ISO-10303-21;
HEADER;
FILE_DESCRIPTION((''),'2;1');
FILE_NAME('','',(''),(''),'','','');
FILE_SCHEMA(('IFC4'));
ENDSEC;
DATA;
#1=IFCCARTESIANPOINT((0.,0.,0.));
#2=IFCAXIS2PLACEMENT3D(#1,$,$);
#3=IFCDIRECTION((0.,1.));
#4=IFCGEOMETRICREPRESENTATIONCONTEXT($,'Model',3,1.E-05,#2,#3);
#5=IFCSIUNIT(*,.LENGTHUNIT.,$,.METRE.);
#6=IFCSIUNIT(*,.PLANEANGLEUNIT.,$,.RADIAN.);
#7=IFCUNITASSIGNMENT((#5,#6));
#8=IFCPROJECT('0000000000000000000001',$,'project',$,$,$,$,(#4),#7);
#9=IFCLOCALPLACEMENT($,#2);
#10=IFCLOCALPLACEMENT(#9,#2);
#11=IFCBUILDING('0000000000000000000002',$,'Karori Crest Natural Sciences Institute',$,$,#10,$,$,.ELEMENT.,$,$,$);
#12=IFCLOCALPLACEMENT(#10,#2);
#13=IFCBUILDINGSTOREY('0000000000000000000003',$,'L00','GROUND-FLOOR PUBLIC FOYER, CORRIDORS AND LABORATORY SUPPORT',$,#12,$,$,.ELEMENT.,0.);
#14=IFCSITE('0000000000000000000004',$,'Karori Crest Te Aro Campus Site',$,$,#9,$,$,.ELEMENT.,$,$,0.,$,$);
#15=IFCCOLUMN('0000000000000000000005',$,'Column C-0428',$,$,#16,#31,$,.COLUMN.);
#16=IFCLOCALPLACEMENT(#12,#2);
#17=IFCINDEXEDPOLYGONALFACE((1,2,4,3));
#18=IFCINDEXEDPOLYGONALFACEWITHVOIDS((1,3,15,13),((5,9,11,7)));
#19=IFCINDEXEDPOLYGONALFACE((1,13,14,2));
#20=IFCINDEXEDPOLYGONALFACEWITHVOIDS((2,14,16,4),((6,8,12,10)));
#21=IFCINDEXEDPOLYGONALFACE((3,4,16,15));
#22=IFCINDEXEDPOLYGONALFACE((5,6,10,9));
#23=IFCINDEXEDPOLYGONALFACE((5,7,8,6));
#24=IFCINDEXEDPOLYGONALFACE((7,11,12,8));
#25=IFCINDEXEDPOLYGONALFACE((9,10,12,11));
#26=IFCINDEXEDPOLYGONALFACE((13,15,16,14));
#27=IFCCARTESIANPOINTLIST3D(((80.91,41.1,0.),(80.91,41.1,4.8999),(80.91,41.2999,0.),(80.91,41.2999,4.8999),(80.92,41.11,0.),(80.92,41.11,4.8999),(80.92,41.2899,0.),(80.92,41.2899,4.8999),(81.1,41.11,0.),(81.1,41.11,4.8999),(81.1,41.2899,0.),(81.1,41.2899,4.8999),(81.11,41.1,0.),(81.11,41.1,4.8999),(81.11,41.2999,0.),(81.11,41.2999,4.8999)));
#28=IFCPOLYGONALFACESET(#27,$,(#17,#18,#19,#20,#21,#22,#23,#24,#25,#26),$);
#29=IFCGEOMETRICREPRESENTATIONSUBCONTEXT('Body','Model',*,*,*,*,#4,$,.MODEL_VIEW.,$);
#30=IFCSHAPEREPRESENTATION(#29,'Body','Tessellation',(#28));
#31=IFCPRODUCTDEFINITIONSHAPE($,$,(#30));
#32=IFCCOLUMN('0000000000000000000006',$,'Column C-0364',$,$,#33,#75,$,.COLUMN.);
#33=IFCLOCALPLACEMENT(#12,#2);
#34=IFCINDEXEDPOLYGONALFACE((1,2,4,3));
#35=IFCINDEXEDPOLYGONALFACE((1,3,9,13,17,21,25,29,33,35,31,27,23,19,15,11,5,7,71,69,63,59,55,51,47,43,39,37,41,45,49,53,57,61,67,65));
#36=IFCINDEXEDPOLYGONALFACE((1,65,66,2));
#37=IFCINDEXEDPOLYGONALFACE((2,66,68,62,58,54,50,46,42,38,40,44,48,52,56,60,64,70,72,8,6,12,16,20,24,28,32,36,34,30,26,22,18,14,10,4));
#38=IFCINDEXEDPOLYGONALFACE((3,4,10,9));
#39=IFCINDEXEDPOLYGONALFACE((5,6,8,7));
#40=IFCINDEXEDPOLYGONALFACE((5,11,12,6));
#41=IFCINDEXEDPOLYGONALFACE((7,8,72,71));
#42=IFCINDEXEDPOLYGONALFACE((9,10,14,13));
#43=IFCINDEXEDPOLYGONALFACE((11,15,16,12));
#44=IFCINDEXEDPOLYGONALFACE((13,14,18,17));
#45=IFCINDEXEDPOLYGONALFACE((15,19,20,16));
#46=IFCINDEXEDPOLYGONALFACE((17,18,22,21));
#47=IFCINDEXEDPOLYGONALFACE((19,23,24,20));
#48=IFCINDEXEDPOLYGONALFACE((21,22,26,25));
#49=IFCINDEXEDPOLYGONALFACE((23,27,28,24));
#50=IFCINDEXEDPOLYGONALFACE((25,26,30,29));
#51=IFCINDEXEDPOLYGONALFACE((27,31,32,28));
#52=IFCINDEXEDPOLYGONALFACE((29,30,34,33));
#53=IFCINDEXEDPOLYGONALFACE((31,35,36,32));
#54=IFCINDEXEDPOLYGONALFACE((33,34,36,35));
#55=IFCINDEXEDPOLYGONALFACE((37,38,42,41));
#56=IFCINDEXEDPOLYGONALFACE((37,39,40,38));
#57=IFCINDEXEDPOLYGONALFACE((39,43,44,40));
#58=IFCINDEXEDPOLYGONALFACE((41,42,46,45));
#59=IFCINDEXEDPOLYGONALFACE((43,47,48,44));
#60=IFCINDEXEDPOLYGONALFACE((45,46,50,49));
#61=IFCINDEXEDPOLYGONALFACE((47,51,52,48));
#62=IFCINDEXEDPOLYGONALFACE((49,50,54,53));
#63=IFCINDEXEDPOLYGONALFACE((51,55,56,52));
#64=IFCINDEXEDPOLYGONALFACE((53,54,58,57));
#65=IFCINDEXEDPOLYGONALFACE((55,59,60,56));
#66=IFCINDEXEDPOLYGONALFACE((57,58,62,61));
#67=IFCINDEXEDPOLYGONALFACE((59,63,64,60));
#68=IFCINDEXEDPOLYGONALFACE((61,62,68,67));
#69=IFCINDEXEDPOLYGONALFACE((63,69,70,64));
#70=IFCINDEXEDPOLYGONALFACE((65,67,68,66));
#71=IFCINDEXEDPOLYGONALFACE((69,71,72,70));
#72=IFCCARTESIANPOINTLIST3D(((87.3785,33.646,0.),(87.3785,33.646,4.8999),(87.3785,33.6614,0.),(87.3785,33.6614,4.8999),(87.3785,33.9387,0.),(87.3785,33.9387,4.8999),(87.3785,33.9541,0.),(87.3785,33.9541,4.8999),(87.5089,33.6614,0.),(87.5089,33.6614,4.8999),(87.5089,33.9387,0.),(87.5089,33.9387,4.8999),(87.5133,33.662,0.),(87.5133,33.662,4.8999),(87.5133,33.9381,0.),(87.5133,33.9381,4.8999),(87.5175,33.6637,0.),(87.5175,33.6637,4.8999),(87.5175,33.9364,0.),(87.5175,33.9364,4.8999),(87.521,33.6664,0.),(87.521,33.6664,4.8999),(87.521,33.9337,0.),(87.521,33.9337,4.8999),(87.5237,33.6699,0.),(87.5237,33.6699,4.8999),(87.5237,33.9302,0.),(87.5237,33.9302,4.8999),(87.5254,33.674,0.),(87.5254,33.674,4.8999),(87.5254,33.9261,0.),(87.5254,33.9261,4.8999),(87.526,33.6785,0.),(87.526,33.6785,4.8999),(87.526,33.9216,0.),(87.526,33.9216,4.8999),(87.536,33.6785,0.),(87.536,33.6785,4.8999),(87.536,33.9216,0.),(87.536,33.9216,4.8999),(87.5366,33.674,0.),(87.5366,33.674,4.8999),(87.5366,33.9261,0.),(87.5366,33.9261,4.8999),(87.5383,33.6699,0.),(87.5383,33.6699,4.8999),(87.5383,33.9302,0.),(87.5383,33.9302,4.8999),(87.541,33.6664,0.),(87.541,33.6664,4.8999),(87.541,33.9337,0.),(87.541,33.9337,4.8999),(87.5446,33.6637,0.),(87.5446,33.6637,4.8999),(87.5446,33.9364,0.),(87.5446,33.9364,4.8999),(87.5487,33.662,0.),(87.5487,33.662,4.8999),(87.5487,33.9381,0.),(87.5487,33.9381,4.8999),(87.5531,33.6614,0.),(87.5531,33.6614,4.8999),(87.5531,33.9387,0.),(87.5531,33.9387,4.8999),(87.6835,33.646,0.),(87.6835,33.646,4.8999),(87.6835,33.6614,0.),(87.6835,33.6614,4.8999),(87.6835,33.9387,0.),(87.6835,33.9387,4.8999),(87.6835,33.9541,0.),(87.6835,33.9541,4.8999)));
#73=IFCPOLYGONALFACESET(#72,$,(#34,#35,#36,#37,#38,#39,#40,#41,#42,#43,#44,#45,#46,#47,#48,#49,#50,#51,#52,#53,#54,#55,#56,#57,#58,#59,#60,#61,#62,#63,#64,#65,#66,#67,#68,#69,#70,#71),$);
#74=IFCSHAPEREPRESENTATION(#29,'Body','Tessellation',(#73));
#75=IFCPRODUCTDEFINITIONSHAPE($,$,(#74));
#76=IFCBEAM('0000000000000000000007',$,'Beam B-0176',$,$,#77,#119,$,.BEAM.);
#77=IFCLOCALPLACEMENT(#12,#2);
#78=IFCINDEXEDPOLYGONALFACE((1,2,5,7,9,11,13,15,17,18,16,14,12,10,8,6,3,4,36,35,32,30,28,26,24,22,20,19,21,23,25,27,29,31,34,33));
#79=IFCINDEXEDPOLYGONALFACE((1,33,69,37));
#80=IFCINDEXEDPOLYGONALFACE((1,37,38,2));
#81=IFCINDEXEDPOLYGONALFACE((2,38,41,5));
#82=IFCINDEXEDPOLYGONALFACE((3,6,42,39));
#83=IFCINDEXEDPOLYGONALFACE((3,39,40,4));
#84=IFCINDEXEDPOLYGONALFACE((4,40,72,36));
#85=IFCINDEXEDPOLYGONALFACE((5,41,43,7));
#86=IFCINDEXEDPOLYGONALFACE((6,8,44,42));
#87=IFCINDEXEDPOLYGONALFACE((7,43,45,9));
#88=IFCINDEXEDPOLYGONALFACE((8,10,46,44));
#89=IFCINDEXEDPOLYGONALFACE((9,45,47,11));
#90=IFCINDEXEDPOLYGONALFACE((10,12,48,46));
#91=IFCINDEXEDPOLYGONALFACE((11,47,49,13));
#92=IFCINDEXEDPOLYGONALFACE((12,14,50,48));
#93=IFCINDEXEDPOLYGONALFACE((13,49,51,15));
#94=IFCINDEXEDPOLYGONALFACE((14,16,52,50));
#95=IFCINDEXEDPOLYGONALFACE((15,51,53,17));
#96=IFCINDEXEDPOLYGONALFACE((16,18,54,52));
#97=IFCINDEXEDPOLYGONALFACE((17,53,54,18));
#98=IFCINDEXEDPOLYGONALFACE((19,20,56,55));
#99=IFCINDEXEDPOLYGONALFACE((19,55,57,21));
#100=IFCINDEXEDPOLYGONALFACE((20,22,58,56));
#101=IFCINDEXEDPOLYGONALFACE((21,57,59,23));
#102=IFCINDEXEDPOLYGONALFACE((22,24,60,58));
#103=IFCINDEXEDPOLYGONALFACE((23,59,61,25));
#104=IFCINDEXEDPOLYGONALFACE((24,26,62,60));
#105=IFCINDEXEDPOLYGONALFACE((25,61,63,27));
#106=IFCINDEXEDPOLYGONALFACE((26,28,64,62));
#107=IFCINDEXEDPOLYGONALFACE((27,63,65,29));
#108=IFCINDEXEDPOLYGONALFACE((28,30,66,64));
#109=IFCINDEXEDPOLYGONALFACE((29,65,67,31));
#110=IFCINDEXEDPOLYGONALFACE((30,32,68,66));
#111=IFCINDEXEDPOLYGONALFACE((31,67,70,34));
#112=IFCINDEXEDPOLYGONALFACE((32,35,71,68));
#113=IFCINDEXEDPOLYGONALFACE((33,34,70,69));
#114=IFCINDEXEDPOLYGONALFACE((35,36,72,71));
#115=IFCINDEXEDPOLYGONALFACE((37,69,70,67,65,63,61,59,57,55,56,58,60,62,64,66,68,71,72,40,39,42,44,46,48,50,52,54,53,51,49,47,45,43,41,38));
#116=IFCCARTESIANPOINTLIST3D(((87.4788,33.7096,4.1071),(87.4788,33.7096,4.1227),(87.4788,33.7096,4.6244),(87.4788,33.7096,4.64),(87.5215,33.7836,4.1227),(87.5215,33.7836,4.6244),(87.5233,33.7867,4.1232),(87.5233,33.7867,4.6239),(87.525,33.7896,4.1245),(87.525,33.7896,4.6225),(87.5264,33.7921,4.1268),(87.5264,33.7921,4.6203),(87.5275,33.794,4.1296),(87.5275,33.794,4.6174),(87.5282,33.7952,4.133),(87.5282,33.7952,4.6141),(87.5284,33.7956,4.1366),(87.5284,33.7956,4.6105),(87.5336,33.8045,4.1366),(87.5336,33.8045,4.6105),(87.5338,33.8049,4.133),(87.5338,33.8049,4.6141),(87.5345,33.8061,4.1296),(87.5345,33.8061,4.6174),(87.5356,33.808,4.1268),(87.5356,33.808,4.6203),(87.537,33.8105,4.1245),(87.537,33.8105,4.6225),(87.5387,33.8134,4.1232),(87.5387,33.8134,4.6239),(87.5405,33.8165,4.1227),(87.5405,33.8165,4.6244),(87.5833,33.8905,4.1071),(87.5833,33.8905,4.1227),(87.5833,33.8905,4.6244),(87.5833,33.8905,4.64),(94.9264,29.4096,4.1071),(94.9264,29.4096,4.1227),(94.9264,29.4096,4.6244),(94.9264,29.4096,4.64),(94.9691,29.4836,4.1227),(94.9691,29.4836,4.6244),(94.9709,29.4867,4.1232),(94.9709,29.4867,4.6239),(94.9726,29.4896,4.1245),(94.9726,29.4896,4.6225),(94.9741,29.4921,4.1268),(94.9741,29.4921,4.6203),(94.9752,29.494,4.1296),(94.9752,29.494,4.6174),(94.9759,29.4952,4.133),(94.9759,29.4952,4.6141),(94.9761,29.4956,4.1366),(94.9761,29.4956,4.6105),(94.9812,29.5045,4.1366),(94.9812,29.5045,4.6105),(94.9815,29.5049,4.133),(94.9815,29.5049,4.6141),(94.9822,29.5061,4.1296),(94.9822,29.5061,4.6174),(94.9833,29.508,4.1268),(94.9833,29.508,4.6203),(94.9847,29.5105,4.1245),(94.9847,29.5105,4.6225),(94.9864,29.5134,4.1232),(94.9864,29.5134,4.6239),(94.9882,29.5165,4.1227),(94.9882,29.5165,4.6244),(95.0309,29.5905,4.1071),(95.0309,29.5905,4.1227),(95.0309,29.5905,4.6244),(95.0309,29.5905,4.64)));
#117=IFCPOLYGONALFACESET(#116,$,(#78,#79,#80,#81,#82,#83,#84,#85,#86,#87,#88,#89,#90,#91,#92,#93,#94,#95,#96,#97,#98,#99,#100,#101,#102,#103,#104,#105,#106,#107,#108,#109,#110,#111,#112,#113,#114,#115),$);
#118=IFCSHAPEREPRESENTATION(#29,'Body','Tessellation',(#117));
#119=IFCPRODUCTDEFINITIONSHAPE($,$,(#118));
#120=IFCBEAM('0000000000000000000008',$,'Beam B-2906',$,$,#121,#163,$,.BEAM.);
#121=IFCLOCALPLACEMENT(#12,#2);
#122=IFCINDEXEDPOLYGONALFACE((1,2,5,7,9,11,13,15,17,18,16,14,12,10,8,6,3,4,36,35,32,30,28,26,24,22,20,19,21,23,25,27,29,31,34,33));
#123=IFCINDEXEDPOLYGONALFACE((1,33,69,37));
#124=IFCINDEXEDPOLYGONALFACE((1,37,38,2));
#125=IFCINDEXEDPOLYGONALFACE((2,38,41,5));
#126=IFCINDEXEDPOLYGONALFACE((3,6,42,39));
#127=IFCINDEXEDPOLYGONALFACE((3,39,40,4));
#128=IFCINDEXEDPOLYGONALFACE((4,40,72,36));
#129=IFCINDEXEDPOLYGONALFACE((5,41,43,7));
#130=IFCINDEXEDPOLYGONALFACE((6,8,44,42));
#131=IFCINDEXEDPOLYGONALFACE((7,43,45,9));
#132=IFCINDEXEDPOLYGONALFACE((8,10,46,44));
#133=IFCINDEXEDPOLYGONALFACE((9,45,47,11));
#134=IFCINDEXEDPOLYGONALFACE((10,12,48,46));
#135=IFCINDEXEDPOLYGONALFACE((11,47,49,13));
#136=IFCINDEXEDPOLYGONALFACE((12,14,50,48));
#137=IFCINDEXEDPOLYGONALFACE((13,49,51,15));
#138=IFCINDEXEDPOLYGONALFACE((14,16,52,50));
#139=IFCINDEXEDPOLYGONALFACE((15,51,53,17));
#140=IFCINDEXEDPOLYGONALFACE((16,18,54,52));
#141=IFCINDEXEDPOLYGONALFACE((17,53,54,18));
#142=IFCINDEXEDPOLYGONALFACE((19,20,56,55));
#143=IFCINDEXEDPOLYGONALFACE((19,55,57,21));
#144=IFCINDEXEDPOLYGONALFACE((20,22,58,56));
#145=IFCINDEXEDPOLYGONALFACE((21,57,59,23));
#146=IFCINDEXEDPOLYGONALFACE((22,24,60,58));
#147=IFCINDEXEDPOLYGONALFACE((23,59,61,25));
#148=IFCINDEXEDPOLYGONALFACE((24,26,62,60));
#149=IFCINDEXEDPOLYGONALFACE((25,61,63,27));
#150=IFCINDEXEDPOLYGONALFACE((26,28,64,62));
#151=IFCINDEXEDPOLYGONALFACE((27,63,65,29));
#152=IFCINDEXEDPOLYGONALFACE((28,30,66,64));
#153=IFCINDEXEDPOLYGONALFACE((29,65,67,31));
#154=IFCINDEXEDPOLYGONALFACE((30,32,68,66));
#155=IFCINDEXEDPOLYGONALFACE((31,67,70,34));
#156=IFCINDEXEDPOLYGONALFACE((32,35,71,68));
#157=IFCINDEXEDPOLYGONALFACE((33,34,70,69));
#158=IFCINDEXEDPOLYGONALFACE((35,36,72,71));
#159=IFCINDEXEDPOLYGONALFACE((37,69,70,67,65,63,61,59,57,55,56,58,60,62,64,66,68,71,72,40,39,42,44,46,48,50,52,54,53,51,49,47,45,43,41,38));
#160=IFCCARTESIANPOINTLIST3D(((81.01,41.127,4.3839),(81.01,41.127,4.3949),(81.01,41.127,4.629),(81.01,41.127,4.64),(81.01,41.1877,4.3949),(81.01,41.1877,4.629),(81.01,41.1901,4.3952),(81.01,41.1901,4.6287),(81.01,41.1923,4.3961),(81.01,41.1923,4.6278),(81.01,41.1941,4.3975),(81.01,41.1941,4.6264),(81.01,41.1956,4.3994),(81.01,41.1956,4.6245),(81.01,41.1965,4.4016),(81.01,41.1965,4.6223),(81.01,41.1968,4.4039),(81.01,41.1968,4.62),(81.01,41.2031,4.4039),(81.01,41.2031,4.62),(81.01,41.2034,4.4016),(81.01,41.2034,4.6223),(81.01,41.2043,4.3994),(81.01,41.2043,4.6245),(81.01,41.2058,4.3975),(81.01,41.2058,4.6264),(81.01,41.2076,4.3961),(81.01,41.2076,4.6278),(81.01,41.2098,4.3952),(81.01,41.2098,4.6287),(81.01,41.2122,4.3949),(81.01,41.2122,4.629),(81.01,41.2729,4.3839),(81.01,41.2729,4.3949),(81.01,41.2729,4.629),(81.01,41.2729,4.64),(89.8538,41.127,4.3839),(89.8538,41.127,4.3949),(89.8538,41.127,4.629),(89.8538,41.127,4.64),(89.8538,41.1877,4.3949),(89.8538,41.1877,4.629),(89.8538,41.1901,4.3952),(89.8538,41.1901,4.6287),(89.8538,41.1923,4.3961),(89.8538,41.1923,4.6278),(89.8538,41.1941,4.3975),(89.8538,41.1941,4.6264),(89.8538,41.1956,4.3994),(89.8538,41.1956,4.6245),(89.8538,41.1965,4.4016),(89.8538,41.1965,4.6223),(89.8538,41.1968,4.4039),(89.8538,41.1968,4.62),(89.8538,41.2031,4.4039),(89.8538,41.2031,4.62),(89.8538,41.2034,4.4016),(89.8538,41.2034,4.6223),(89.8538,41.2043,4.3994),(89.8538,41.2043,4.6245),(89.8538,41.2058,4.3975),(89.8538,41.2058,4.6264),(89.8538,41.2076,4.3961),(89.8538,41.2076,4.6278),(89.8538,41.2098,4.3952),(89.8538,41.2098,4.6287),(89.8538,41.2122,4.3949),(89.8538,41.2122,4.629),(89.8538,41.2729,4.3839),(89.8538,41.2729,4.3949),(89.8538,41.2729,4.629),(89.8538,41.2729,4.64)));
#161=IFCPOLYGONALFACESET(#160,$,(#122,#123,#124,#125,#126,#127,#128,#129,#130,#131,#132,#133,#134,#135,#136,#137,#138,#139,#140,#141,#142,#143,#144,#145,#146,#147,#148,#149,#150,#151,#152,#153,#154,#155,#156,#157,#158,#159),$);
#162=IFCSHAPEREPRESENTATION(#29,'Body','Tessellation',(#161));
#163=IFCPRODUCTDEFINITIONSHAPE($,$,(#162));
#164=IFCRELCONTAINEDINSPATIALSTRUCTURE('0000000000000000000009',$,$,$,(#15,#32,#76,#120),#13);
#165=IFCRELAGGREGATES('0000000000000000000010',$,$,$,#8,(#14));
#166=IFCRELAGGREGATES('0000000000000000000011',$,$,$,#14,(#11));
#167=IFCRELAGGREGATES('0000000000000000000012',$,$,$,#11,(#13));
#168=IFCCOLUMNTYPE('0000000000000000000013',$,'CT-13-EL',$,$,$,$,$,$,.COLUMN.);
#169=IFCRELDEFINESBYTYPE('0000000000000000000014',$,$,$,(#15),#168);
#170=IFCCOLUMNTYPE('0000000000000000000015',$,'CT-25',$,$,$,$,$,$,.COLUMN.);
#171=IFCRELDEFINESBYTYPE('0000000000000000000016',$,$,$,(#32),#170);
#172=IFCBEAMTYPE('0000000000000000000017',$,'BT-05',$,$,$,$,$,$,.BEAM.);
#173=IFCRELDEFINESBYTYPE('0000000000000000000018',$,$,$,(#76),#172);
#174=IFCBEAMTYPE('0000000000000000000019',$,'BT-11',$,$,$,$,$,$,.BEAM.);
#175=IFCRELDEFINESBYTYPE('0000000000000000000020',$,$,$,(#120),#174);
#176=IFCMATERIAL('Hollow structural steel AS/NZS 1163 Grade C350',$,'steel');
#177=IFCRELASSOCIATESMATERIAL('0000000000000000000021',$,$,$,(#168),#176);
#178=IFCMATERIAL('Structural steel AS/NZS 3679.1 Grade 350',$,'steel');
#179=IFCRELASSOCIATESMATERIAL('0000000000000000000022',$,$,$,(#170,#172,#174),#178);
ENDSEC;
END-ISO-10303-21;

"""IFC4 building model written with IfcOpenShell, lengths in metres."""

from ifc_helpers import new_model, si_unit, direction, frame, origin, origin_2d, place, context, subcontext, project, spatial, hollow_rectangle, i_section, extrude, material, material_profile, profile_set, type_object, element, save


model = new_model("IFC4")

# Units and contexts
model_context = context("Model", 3, precision=1e-05, world=origin(), true_north=direction((0.0, 1.0)))
body_context = subcontext(model_context, "Body", "Model", "MODEL_VIEW")
ifc_project = project(units=[si_unit("LENGTHUNIT", "METRE"), si_unit("PLANEANGLEUNIT", "RADIAN")], contexts=[model_context])

# Site, building, storey
site_placement = place(None, origin())
site = spatial("IfcSite", under=ifc_project, at=site_placement, Name="Karori Crest Te Aro Campus Site", CompositionType="ELEMENT", RefElevation=0.0)
building_placement = place(site_placement, origin())
building = spatial("IfcBuilding", under=site, at=building_placement, Name="Karori Crest Natural Sciences Institute", CompositionType="ELEMENT")
storey_placement = place(building_placement, origin())
storey = spatial("IfcBuildingStorey", under=building, at=storey_placement, Name="L00", Description="GROUND-FLOOR PUBLIC FOYER, CORRIDORS AND LABORATORY SUPPORT", CompositionType="ELEMENT", Elevation=0.0)

# Columns
ifc_material_1 = material(Name="Hollow structural steel AS/NZS 1163 Grade C350", Category="steel")
ifc_material_profile_1 = material_profile(ifc_material_1, hollow_rectangle(XDim=0.2, YDim=0.2, WallThickness=0.01, at=origin_2d()), Name="SHS200x200x10")
ifc_profile_set_1 = profile_set([ifc_material_profile_1], Name="Hollow structural steel AS/NZS 1163 Grade C350")
column_type_1 = type_object("IfcColumnType", Name="CT-13-EL", PredefinedType="COLUMN", material=ifc_profile_set_1)
column_1_placement = place(storey_placement, frame((81.01, 41.2, 0.0), z_axis=(0.0, 0.0, 1.0), x_axis=(1.0, 0.0, 0.0)))
element("IfcColumn", 1, at=column_1_placement, inside=storey, type_object=column_type_1, Name="Column C-0428", PredefinedType="COLUMN", context=body_context, shape_type="SweptSolid", body=[
    extrude(hollow_rectangle(XDim=0.2, YDim=0.2, WallThickness=0.01, at=origin_2d()), origin(), (0.0, 0.0, 1.0), 4.8999),
])
ifc_material_2 = material(Name="Structural steel AS/NZS 3679.1 Grade 350", Category="steel")
ifc_material_profile_2 = material_profile(ifc_material_2, i_section(OverallWidth=0.3049, OverallDepth=0.3081, WebThickness=0.01, FlangeThickness=0.0154, FilletRadius=0.0171, at=origin_2d()), Name="310UC96.8")
ifc_profile_set_2 = profile_set([ifc_material_profile_2], Name="Structural steel AS/NZS 3679.1 Grade 350")
column_type_2 = type_object("IfcColumnType", Name="CT-25", PredefinedType="COLUMN", material=ifc_profile_set_2)
column_2_placement = place(storey_placement, frame((87.531, 33.8, 0.0), z_axis=(0.0, 0.0, 1.0), x_axis=(1.0, 0.0, 0.0)))
element("IfcColumn", 2, at=column_2_placement, inside=storey, type_object=column_type_2, Name="Column C-0364", PredefinedType="COLUMN", context=body_context, shape_type="SweptSolid", body=[
    extrude(i_section(OverallWidth=0.3049, OverallDepth=0.3081, WebThickness=0.01, FlangeThickness=0.0154, FilletRadius=0.0171, at=origin_2d()), origin(), (0.0, 0.0, 1.0), 4.8999),
])

# Beams
ifc_material_profile_3 = material_profile(ifc_material_2, i_section(OverallWidth=0.209, OverallDepth=0.533, WebThickness=0.0103, FlangeThickness=0.0156, FilletRadius=0.0139, at=origin_2d()), Name="530UB92.4")
ifc_profile_set_3 = profile_set([ifc_material_profile_3], Name="Structural steel AS/NZS 3679.1 Grade 350")
beam_type_1 = type_object("IfcBeamType", Name="BT-05", PredefinedType="BEAM", material=ifc_profile_set_3)
beam_1_placement = place(storey_placement, frame((87.531, 33.8, 4.3735), z_axis=(0.866021, -0.500008, 0.0), x_axis=(0.500008, 0.866021, 0.0)))
element("IfcBeam", 3, at=beam_1_placement, inside=storey, type_object=beam_type_1, Name="Beam B-0176", PredefinedType="BEAM", context=body_context, shape_type="SweptSolid", body=[
    extrude(i_section(OverallWidth=0.209, OverallDepth=0.533, WebThickness=0.0103, FlangeThickness=0.0156, FilletRadius=0.0139, at=origin_2d()), origin(), (0.0, 0.0, 1.0), 8.5999),
])
ifc_material_profile_4 = material_profile(ifc_material_2, i_section(OverallWidth=0.146, OverallDepth=0.2561, WebThickness=0.0063, FlangeThickness=0.011, FilletRadius=0.009, at=origin_2d()), Name="250UB37.3")
ifc_profile_set_4 = profile_set([ifc_material_profile_4], Name="Structural steel AS/NZS 3679.1 Grade 350")
beam_type_2 = type_object("IfcBeamType", Name="BT-11", PredefinedType="BEAM", material=ifc_profile_set_4)
beam_2_placement = place(storey_placement, frame((81.01, 41.2, 4.512), z_axis=(1.0, 0.0, 0.0), x_axis=(0.0, 1.0, 0.0)))
element("IfcBeam", 4, at=beam_2_placement, inside=storey, type_object=beam_type_2, Name="Beam B-2906", PredefinedType="BEAM", context=body_context, shape_type="SweptSolid", body=[
    extrude(i_section(OverallWidth=0.146, OverallDepth=0.2561, WebThickness=0.0063, FlangeThickness=0.011, FilletRadius=0.009, at=origin_2d()), origin(), (0.0, 0.0, 1.0), 8.8438),
])

save(model, "model.ifc")
